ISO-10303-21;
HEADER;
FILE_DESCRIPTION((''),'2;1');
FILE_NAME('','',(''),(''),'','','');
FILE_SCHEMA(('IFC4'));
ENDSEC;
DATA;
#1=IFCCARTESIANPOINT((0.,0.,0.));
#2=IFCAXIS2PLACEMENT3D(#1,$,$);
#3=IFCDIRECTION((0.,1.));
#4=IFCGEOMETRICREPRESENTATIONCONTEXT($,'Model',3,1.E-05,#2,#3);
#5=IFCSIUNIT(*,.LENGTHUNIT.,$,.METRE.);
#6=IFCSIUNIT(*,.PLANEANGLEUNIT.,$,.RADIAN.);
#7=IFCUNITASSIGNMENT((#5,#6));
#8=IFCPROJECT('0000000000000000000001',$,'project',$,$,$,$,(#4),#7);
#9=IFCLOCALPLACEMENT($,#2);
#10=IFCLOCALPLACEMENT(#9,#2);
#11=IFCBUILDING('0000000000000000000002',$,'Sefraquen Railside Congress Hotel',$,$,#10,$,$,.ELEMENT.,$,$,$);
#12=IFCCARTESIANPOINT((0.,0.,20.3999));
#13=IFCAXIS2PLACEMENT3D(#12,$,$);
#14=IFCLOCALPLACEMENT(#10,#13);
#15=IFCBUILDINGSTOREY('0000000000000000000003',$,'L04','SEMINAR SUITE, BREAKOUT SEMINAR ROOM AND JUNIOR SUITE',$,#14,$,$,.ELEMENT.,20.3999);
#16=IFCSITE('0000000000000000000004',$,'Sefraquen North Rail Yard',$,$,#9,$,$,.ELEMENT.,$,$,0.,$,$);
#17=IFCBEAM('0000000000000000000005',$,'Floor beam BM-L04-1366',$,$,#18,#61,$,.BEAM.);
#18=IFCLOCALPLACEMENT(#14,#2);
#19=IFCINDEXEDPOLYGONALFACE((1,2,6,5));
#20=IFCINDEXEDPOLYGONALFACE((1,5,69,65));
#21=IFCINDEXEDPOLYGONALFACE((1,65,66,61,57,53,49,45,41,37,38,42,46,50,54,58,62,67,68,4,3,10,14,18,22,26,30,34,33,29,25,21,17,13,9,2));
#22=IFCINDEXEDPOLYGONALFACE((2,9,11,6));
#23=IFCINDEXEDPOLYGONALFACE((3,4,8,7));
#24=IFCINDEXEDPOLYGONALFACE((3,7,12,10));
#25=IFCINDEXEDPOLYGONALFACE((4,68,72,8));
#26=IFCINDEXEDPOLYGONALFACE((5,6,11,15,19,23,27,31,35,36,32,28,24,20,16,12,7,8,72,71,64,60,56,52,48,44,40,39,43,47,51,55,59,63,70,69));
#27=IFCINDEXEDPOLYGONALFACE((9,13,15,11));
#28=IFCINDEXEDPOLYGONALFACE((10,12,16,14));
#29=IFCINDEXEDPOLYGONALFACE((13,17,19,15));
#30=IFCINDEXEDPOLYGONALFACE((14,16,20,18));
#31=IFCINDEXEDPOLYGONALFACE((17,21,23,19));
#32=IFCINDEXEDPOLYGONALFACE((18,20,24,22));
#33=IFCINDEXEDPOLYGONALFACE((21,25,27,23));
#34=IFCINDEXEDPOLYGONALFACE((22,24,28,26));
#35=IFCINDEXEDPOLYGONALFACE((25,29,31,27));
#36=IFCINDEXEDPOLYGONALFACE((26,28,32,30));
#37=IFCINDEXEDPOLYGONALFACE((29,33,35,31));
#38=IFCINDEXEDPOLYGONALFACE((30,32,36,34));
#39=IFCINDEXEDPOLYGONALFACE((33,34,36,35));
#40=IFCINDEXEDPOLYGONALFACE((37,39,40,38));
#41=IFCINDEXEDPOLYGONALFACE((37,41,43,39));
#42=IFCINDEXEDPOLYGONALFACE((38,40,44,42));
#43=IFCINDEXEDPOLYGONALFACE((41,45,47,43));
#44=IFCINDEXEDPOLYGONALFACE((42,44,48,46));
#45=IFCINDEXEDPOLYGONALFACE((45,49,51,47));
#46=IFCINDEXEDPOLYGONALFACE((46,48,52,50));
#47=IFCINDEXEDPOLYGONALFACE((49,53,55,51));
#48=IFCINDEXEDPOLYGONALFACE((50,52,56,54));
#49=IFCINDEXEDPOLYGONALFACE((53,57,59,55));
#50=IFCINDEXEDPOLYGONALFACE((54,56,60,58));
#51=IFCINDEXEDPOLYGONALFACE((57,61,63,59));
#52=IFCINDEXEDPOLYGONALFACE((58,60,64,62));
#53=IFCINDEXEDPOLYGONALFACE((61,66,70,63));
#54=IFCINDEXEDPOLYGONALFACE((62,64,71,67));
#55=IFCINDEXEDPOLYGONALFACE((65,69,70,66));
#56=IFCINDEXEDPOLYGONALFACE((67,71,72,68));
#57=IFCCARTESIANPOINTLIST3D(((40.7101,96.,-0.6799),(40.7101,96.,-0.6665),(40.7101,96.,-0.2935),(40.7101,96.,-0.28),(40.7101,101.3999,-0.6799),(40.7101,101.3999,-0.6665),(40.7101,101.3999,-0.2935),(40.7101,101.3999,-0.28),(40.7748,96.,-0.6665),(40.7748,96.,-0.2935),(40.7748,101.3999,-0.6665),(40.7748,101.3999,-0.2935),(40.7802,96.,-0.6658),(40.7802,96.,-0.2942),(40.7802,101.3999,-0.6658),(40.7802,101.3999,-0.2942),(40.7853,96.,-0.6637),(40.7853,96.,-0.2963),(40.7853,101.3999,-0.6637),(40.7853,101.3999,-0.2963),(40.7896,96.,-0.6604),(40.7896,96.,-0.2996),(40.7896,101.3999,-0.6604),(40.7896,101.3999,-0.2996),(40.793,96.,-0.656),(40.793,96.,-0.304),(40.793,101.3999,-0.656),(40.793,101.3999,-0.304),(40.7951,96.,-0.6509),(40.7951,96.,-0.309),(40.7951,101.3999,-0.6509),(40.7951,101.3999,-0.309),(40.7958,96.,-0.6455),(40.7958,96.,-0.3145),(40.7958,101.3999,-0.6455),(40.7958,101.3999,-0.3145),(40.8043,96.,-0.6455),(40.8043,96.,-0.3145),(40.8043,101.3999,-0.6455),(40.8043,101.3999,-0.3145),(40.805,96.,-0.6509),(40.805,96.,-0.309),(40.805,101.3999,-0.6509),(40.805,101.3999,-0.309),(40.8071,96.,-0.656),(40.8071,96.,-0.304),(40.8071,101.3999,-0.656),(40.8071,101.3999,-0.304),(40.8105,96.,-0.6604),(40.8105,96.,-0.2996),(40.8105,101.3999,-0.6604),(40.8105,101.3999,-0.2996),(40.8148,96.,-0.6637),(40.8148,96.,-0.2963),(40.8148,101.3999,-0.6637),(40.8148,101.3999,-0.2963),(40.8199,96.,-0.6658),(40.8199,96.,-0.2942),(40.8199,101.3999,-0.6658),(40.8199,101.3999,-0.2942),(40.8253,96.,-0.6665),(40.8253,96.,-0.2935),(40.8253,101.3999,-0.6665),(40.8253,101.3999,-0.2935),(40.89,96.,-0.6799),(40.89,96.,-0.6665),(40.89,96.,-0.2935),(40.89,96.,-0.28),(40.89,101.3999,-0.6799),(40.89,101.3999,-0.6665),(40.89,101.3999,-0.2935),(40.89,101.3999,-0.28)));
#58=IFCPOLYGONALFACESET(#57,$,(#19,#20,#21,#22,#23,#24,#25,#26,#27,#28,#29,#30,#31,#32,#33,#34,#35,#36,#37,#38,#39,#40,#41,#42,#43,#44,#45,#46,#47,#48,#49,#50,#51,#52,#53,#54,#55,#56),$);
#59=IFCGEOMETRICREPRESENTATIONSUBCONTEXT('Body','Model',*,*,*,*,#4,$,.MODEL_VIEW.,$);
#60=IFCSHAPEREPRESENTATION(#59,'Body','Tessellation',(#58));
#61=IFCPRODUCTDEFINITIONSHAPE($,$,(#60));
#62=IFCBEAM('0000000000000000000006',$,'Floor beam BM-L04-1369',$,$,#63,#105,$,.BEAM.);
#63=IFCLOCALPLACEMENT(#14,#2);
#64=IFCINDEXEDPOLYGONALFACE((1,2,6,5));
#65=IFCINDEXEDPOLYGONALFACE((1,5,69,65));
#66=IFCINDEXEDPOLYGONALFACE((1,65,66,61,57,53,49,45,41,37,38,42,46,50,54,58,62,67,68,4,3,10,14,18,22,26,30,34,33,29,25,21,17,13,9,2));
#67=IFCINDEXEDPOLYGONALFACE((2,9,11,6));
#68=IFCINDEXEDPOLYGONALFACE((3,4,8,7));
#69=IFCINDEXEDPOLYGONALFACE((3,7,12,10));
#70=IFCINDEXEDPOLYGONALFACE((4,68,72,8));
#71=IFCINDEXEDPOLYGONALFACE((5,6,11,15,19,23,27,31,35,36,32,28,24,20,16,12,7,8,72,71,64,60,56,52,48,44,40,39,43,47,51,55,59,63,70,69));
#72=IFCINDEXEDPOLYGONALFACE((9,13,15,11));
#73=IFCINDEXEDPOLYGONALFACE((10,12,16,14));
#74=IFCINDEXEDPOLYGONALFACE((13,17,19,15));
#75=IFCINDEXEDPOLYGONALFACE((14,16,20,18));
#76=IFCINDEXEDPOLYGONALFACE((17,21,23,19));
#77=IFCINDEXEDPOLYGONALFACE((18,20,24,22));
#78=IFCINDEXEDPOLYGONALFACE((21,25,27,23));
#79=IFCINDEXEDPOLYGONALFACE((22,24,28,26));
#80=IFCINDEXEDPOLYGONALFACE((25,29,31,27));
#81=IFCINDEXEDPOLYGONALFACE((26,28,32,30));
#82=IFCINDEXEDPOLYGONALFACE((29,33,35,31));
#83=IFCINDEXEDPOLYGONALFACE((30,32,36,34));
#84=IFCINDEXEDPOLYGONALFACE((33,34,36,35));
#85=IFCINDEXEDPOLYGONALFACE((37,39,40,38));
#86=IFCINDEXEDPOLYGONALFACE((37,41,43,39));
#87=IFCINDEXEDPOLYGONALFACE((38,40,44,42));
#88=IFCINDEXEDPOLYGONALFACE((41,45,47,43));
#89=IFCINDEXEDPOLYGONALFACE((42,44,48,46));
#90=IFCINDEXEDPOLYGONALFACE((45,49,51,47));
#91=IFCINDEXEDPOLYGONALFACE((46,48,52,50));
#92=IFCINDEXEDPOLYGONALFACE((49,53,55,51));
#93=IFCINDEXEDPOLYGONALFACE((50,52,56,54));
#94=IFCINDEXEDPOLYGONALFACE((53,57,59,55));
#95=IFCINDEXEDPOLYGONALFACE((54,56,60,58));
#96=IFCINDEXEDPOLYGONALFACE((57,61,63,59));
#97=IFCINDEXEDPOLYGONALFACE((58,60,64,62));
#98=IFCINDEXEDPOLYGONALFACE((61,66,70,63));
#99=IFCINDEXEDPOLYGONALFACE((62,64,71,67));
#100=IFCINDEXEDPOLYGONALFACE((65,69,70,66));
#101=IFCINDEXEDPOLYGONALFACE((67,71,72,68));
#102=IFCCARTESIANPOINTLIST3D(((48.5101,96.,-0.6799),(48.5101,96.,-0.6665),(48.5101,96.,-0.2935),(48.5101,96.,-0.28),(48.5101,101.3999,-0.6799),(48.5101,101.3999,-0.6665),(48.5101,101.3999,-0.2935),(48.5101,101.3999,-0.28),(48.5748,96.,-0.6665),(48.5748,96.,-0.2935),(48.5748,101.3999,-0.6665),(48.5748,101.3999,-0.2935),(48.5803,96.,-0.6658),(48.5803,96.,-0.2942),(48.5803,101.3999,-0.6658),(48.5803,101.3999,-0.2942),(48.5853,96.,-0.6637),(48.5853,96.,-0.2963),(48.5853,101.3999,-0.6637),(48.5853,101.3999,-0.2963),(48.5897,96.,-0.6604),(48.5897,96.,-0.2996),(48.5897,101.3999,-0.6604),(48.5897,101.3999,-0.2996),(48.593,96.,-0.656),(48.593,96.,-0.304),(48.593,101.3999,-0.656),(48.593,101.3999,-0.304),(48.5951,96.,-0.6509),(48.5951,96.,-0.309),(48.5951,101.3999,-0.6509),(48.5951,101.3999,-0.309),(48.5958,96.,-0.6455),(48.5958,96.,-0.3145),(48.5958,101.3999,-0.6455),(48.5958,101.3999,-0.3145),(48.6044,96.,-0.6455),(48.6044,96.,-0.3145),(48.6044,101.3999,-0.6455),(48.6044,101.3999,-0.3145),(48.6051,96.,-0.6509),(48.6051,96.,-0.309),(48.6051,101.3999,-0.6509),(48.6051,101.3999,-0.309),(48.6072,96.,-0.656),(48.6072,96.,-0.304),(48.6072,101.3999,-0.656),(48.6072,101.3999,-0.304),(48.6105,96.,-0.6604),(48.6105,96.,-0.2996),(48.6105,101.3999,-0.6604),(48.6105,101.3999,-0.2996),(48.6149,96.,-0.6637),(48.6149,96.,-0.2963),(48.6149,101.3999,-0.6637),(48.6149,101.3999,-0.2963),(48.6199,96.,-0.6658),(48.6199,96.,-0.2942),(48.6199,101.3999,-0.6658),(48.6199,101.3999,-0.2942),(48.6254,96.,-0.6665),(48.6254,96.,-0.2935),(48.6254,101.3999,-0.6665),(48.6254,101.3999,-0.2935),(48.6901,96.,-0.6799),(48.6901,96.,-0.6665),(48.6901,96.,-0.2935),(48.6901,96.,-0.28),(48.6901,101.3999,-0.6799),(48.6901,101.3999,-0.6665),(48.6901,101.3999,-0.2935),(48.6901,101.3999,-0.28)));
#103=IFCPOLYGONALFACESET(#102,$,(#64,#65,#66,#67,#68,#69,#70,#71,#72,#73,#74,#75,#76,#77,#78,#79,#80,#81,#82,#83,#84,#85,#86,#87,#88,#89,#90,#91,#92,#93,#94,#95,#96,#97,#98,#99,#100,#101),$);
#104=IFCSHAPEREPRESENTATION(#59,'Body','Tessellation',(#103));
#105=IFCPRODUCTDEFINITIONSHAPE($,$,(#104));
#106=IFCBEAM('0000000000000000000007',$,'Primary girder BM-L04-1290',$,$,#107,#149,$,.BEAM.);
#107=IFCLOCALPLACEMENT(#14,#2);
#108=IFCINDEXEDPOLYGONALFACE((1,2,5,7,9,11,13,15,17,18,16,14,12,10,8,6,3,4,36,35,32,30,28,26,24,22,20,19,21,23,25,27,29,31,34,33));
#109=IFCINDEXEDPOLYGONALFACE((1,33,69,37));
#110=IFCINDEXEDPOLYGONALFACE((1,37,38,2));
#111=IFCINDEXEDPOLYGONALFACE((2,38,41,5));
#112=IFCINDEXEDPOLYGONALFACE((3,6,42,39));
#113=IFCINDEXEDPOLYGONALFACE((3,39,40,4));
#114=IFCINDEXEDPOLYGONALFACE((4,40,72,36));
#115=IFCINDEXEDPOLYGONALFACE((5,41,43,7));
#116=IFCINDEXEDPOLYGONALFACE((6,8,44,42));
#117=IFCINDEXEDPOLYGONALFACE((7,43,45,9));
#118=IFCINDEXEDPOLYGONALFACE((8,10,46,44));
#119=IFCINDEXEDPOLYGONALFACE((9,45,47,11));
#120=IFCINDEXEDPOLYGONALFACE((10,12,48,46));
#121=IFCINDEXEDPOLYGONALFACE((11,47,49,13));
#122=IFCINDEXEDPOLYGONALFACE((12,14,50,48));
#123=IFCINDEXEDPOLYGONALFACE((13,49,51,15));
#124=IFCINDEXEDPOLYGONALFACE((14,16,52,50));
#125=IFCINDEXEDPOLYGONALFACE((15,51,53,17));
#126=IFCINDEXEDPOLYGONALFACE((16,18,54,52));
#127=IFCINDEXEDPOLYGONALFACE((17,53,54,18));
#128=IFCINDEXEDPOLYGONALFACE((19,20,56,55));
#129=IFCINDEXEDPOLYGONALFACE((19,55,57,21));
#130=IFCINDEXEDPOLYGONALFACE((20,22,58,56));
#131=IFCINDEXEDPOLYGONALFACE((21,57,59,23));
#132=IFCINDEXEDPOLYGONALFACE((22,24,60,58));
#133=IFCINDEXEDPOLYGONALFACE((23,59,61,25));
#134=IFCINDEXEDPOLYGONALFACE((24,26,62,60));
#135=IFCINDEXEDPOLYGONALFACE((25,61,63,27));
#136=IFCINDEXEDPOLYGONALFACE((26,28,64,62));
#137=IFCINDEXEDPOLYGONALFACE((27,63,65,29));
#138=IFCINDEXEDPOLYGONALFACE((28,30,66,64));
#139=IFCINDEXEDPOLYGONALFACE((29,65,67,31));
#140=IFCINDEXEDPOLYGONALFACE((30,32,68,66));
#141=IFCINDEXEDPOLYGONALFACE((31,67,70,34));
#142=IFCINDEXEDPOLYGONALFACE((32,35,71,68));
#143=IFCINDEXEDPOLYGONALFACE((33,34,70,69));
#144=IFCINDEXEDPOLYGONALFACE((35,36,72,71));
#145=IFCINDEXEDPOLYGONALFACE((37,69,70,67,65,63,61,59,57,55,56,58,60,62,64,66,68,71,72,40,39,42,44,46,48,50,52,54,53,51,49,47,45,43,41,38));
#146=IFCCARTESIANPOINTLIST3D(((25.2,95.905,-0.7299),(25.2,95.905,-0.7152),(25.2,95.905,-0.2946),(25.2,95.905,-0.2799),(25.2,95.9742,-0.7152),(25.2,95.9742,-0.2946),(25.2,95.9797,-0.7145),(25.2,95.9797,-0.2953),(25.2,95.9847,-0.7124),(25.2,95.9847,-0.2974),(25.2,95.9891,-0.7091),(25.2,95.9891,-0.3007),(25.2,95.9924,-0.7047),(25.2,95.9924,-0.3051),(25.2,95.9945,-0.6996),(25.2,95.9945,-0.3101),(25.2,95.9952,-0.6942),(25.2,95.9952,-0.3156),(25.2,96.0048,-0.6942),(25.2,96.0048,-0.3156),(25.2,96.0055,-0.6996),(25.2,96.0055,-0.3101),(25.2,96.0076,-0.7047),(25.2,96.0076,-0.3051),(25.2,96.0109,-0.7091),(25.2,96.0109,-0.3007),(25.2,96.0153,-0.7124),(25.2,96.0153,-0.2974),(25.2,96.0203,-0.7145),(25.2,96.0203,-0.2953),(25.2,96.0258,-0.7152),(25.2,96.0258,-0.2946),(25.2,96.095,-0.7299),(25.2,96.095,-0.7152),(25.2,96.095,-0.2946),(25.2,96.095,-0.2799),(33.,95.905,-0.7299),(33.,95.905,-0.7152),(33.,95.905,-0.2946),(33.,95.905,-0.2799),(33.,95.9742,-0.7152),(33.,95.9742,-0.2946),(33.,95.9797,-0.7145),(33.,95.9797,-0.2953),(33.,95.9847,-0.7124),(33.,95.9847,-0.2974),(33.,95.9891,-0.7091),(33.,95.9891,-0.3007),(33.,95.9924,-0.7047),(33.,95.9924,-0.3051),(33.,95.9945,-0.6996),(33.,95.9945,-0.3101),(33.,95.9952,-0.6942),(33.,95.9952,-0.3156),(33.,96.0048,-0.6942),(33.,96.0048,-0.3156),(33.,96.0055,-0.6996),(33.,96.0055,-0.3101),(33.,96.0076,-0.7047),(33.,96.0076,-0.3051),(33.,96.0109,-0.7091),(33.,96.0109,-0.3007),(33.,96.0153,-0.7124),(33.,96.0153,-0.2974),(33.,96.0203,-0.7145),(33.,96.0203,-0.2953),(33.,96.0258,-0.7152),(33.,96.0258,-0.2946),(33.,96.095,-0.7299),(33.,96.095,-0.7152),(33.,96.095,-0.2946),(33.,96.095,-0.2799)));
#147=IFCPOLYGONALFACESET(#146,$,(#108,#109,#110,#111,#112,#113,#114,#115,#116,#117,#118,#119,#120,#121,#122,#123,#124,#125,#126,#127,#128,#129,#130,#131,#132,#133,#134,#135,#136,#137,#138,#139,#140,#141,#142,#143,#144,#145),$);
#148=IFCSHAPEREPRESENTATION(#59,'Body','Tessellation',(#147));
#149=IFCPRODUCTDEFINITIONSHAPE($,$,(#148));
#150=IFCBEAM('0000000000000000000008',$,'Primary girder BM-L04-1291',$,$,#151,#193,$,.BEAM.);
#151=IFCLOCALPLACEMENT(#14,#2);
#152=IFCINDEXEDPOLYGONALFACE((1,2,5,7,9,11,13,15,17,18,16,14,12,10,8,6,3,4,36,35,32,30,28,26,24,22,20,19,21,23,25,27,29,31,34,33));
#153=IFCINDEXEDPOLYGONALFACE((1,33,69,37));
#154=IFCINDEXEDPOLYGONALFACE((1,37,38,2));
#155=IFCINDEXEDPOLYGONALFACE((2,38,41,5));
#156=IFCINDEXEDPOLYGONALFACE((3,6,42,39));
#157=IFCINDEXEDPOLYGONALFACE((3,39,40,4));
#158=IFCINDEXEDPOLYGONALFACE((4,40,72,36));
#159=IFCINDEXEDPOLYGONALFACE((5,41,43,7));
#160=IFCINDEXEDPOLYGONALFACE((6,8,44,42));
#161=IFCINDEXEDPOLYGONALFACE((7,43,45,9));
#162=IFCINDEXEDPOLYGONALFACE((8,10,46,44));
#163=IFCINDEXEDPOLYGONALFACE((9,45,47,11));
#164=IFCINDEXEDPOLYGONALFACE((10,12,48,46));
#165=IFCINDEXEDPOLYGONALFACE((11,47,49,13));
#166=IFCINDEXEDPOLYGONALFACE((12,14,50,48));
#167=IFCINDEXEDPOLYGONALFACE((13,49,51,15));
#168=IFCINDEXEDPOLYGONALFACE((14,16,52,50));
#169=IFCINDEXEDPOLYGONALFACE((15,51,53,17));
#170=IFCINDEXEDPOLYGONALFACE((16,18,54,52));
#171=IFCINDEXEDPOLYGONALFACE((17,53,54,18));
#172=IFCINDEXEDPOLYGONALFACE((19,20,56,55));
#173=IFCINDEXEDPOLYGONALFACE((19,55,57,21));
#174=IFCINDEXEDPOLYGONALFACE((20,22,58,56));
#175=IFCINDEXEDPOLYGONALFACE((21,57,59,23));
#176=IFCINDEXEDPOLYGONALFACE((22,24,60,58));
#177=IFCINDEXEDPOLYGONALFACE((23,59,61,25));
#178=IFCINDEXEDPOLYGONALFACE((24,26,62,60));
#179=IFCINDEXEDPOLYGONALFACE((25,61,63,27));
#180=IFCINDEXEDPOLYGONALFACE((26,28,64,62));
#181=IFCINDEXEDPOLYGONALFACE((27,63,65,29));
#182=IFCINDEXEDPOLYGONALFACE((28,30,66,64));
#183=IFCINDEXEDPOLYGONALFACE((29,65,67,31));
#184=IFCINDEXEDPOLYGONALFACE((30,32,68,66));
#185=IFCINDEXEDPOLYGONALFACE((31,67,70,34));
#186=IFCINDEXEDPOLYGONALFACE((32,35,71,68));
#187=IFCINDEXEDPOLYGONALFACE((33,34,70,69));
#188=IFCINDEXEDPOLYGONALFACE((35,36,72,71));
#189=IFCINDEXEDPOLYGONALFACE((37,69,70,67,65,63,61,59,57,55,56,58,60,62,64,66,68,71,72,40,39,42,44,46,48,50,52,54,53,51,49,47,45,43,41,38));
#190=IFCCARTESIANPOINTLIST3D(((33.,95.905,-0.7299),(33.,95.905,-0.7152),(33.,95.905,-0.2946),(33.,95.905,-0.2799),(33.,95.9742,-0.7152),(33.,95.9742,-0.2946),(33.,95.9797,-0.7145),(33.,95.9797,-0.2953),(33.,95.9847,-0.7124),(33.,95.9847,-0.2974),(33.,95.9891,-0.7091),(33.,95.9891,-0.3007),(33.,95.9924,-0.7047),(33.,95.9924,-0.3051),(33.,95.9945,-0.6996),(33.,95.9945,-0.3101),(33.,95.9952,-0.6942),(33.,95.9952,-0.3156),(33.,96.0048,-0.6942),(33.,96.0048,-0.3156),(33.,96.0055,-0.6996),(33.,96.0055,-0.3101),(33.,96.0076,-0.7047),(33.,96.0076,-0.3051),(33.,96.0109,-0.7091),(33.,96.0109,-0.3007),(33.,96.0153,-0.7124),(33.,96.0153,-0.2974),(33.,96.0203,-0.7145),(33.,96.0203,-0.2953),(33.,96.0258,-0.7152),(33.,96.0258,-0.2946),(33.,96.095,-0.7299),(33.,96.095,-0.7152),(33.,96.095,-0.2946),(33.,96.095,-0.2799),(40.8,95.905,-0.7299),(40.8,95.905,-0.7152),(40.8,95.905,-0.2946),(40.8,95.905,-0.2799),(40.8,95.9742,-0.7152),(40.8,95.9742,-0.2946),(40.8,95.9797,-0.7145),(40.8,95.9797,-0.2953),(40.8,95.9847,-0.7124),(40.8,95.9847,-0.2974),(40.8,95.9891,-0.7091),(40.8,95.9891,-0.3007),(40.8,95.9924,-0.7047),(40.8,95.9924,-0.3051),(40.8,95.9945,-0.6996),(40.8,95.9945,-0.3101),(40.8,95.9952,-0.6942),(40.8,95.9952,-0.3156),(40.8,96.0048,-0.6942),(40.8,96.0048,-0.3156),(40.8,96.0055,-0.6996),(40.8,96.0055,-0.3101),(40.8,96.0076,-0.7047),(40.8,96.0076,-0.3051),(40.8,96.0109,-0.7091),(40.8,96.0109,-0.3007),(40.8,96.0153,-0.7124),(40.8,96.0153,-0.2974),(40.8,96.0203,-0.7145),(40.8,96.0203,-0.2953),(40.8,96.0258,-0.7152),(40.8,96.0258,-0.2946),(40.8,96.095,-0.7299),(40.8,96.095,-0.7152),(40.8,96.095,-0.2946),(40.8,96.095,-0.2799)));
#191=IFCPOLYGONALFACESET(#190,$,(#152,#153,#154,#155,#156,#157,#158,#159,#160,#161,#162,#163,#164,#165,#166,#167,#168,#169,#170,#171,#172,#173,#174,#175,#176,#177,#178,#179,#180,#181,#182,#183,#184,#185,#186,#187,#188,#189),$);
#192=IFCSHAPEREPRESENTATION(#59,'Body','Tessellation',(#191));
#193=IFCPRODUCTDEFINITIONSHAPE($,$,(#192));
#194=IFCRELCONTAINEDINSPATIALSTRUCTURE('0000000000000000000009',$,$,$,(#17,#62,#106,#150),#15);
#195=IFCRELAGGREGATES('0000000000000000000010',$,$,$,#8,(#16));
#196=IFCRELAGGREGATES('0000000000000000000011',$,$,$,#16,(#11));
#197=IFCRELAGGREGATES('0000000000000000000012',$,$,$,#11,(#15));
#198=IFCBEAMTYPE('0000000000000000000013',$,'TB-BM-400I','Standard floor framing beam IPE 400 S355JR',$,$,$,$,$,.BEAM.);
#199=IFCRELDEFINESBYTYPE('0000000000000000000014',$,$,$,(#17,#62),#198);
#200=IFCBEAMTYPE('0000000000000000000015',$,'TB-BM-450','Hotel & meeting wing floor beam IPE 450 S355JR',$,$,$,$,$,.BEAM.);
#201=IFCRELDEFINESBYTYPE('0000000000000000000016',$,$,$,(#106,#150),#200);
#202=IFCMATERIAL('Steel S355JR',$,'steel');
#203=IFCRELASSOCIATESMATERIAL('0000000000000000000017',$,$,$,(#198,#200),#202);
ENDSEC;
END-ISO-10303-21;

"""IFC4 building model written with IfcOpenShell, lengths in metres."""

from ifc_helpers import new_model, si_unit, direction, frame, origin, origin_2d, place, context, subcontext, project, spatial, i_section, extrude, material, material_profile, profile_set, type_object, element, save


model = new_model("IFC4")

# Units and contexts
model_context = context("Model", 3, precision=1e-05, world=origin(), true_north=direction((0.0, 1.0)))
body_context = subcontext(model_context, "Body", "Model", "MODEL_VIEW")
ifc_project = project(units=[si_unit("LENGTHUNIT", "METRE"), si_unit("PLANEANGLEUNIT", "RADIAN")], contexts=[model_context])

# Site, building, storey
site_placement = place(None, origin())
site = spatial("IfcSite", under=ifc_project, at=site_placement, Name="Sefraquen North Rail Yard", CompositionType="ELEMENT", RefElevation=0.0)
building_placement = place(site_placement, origin())
building = spatial("IfcBuilding", under=site, at=building_placement, Name="Sefraquen Railside Congress Hotel", CompositionType="ELEMENT")
storey_placement = place(building_placement, frame((0.0, 0.0, 20.3999)))
storey = spatial("IfcBuildingStorey", under=building, at=storey_placement, Name="L04", Description="SEMINAR SUITE, BREAKOUT SEMINAR ROOM AND JUNIOR SUITE", CompositionType="ELEMENT", Elevation=20.3999)

# Shared definitions
ifc_material_1 = material(Name="Steel S355JR", Category="steel")

# Beams
ifc_material_profile_1 = material_profile(ifc_material_1, i_section(OverallWidth=0.1799, OverallDepth=0.3999, WebThickness=0.0085, FlangeThickness=0.0134, FilletRadius=0.021, at=origin_2d()), Name="IPE 400")
ifc_profile_set_1 = profile_set([ifc_material_profile_1], Name="Steel S355JR")
beam_type_1 = type_object("IfcBeamType", Name="TB-BM-400I", Description="Standard floor framing beam IPE 400 S355JR", PredefinedType="BEAM", material=ifc_profile_set_1)
for number, where, z_axis, x_axis, name in (
    (1, (40.8, 96.0, -0.48), (0.0, 1.0, 0.0), (-1.0, 0.0, 0.0), "Floor beam BM-L04-1366"),
    (2, (48.6001, 96.0, -0.48), (0.0, 1.0, 0.0), (-1.0, 0.0, 0.0), "Floor beam BM-L04-1369"),
):
    element("IfcBeam", number, at=place(storey_placement, frame(where, z_axis=z_axis, x_axis=x_axis)), inside=storey, type_object=beam_type_1, Name=name, PredefinedType="BEAM", context=body_context, shape_type="SweptSolid", body=[
        extrude(i_section(OverallWidth=0.1799, OverallDepth=0.3999, WebThickness=0.0085, FlangeThickness=0.0134, FilletRadius=0.021, at=origin_2d()), origin(), (0.0, 0.0, 1.0), 5.3999),
    ])
ifc_material_profile_2 = material_profile(ifc_material_1, i_section(OverallWidth=0.1899, OverallDepth=0.45, WebThickness=0.0095, FlangeThickness=0.0146, FilletRadius=0.021, at=origin_2d()), Name="IPE 450")
ifc_profile_set_2 = profile_set([ifc_material_profile_2], Name="Steel S355JR")
beam_type_2 = type_object("IfcBeamType", Name="TB-BM-450", Description="Hotel & meeting wing floor beam IPE 450 S355JR", PredefinedType="BEAM", material=ifc_profile_set_2)
for number, where, z_axis, x_axis, name in (
    (3, (25.2, 96.0, -0.5049), (1.0, 0.0, 0.0), (0.0, 1.0, 0.0), "Primary girder BM-L04-1290"),
    (4, (33.0, 96.0, -0.5049), (1.0, 0.0, 0.0), (0.0, 1.0, 0.0), "Primary girder BM-L04-1291"),
):
    element("IfcBeam", number, at=place(storey_placement, frame(where, z_axis=z_axis, x_axis=x_axis)), inside=storey, type_object=beam_type_2, Name=name, PredefinedType="BEAM", context=body_context, shape_type="SweptSolid", body=[
        extrude(i_section(OverallWidth=0.1899, OverallDepth=0.45, WebThickness=0.0095, FlangeThickness=0.0146, FilletRadius=0.021, at=origin_2d()), origin(), (0.0, 0.0, 1.0), 7.8),
    ])

save(model, "model.ifc")
